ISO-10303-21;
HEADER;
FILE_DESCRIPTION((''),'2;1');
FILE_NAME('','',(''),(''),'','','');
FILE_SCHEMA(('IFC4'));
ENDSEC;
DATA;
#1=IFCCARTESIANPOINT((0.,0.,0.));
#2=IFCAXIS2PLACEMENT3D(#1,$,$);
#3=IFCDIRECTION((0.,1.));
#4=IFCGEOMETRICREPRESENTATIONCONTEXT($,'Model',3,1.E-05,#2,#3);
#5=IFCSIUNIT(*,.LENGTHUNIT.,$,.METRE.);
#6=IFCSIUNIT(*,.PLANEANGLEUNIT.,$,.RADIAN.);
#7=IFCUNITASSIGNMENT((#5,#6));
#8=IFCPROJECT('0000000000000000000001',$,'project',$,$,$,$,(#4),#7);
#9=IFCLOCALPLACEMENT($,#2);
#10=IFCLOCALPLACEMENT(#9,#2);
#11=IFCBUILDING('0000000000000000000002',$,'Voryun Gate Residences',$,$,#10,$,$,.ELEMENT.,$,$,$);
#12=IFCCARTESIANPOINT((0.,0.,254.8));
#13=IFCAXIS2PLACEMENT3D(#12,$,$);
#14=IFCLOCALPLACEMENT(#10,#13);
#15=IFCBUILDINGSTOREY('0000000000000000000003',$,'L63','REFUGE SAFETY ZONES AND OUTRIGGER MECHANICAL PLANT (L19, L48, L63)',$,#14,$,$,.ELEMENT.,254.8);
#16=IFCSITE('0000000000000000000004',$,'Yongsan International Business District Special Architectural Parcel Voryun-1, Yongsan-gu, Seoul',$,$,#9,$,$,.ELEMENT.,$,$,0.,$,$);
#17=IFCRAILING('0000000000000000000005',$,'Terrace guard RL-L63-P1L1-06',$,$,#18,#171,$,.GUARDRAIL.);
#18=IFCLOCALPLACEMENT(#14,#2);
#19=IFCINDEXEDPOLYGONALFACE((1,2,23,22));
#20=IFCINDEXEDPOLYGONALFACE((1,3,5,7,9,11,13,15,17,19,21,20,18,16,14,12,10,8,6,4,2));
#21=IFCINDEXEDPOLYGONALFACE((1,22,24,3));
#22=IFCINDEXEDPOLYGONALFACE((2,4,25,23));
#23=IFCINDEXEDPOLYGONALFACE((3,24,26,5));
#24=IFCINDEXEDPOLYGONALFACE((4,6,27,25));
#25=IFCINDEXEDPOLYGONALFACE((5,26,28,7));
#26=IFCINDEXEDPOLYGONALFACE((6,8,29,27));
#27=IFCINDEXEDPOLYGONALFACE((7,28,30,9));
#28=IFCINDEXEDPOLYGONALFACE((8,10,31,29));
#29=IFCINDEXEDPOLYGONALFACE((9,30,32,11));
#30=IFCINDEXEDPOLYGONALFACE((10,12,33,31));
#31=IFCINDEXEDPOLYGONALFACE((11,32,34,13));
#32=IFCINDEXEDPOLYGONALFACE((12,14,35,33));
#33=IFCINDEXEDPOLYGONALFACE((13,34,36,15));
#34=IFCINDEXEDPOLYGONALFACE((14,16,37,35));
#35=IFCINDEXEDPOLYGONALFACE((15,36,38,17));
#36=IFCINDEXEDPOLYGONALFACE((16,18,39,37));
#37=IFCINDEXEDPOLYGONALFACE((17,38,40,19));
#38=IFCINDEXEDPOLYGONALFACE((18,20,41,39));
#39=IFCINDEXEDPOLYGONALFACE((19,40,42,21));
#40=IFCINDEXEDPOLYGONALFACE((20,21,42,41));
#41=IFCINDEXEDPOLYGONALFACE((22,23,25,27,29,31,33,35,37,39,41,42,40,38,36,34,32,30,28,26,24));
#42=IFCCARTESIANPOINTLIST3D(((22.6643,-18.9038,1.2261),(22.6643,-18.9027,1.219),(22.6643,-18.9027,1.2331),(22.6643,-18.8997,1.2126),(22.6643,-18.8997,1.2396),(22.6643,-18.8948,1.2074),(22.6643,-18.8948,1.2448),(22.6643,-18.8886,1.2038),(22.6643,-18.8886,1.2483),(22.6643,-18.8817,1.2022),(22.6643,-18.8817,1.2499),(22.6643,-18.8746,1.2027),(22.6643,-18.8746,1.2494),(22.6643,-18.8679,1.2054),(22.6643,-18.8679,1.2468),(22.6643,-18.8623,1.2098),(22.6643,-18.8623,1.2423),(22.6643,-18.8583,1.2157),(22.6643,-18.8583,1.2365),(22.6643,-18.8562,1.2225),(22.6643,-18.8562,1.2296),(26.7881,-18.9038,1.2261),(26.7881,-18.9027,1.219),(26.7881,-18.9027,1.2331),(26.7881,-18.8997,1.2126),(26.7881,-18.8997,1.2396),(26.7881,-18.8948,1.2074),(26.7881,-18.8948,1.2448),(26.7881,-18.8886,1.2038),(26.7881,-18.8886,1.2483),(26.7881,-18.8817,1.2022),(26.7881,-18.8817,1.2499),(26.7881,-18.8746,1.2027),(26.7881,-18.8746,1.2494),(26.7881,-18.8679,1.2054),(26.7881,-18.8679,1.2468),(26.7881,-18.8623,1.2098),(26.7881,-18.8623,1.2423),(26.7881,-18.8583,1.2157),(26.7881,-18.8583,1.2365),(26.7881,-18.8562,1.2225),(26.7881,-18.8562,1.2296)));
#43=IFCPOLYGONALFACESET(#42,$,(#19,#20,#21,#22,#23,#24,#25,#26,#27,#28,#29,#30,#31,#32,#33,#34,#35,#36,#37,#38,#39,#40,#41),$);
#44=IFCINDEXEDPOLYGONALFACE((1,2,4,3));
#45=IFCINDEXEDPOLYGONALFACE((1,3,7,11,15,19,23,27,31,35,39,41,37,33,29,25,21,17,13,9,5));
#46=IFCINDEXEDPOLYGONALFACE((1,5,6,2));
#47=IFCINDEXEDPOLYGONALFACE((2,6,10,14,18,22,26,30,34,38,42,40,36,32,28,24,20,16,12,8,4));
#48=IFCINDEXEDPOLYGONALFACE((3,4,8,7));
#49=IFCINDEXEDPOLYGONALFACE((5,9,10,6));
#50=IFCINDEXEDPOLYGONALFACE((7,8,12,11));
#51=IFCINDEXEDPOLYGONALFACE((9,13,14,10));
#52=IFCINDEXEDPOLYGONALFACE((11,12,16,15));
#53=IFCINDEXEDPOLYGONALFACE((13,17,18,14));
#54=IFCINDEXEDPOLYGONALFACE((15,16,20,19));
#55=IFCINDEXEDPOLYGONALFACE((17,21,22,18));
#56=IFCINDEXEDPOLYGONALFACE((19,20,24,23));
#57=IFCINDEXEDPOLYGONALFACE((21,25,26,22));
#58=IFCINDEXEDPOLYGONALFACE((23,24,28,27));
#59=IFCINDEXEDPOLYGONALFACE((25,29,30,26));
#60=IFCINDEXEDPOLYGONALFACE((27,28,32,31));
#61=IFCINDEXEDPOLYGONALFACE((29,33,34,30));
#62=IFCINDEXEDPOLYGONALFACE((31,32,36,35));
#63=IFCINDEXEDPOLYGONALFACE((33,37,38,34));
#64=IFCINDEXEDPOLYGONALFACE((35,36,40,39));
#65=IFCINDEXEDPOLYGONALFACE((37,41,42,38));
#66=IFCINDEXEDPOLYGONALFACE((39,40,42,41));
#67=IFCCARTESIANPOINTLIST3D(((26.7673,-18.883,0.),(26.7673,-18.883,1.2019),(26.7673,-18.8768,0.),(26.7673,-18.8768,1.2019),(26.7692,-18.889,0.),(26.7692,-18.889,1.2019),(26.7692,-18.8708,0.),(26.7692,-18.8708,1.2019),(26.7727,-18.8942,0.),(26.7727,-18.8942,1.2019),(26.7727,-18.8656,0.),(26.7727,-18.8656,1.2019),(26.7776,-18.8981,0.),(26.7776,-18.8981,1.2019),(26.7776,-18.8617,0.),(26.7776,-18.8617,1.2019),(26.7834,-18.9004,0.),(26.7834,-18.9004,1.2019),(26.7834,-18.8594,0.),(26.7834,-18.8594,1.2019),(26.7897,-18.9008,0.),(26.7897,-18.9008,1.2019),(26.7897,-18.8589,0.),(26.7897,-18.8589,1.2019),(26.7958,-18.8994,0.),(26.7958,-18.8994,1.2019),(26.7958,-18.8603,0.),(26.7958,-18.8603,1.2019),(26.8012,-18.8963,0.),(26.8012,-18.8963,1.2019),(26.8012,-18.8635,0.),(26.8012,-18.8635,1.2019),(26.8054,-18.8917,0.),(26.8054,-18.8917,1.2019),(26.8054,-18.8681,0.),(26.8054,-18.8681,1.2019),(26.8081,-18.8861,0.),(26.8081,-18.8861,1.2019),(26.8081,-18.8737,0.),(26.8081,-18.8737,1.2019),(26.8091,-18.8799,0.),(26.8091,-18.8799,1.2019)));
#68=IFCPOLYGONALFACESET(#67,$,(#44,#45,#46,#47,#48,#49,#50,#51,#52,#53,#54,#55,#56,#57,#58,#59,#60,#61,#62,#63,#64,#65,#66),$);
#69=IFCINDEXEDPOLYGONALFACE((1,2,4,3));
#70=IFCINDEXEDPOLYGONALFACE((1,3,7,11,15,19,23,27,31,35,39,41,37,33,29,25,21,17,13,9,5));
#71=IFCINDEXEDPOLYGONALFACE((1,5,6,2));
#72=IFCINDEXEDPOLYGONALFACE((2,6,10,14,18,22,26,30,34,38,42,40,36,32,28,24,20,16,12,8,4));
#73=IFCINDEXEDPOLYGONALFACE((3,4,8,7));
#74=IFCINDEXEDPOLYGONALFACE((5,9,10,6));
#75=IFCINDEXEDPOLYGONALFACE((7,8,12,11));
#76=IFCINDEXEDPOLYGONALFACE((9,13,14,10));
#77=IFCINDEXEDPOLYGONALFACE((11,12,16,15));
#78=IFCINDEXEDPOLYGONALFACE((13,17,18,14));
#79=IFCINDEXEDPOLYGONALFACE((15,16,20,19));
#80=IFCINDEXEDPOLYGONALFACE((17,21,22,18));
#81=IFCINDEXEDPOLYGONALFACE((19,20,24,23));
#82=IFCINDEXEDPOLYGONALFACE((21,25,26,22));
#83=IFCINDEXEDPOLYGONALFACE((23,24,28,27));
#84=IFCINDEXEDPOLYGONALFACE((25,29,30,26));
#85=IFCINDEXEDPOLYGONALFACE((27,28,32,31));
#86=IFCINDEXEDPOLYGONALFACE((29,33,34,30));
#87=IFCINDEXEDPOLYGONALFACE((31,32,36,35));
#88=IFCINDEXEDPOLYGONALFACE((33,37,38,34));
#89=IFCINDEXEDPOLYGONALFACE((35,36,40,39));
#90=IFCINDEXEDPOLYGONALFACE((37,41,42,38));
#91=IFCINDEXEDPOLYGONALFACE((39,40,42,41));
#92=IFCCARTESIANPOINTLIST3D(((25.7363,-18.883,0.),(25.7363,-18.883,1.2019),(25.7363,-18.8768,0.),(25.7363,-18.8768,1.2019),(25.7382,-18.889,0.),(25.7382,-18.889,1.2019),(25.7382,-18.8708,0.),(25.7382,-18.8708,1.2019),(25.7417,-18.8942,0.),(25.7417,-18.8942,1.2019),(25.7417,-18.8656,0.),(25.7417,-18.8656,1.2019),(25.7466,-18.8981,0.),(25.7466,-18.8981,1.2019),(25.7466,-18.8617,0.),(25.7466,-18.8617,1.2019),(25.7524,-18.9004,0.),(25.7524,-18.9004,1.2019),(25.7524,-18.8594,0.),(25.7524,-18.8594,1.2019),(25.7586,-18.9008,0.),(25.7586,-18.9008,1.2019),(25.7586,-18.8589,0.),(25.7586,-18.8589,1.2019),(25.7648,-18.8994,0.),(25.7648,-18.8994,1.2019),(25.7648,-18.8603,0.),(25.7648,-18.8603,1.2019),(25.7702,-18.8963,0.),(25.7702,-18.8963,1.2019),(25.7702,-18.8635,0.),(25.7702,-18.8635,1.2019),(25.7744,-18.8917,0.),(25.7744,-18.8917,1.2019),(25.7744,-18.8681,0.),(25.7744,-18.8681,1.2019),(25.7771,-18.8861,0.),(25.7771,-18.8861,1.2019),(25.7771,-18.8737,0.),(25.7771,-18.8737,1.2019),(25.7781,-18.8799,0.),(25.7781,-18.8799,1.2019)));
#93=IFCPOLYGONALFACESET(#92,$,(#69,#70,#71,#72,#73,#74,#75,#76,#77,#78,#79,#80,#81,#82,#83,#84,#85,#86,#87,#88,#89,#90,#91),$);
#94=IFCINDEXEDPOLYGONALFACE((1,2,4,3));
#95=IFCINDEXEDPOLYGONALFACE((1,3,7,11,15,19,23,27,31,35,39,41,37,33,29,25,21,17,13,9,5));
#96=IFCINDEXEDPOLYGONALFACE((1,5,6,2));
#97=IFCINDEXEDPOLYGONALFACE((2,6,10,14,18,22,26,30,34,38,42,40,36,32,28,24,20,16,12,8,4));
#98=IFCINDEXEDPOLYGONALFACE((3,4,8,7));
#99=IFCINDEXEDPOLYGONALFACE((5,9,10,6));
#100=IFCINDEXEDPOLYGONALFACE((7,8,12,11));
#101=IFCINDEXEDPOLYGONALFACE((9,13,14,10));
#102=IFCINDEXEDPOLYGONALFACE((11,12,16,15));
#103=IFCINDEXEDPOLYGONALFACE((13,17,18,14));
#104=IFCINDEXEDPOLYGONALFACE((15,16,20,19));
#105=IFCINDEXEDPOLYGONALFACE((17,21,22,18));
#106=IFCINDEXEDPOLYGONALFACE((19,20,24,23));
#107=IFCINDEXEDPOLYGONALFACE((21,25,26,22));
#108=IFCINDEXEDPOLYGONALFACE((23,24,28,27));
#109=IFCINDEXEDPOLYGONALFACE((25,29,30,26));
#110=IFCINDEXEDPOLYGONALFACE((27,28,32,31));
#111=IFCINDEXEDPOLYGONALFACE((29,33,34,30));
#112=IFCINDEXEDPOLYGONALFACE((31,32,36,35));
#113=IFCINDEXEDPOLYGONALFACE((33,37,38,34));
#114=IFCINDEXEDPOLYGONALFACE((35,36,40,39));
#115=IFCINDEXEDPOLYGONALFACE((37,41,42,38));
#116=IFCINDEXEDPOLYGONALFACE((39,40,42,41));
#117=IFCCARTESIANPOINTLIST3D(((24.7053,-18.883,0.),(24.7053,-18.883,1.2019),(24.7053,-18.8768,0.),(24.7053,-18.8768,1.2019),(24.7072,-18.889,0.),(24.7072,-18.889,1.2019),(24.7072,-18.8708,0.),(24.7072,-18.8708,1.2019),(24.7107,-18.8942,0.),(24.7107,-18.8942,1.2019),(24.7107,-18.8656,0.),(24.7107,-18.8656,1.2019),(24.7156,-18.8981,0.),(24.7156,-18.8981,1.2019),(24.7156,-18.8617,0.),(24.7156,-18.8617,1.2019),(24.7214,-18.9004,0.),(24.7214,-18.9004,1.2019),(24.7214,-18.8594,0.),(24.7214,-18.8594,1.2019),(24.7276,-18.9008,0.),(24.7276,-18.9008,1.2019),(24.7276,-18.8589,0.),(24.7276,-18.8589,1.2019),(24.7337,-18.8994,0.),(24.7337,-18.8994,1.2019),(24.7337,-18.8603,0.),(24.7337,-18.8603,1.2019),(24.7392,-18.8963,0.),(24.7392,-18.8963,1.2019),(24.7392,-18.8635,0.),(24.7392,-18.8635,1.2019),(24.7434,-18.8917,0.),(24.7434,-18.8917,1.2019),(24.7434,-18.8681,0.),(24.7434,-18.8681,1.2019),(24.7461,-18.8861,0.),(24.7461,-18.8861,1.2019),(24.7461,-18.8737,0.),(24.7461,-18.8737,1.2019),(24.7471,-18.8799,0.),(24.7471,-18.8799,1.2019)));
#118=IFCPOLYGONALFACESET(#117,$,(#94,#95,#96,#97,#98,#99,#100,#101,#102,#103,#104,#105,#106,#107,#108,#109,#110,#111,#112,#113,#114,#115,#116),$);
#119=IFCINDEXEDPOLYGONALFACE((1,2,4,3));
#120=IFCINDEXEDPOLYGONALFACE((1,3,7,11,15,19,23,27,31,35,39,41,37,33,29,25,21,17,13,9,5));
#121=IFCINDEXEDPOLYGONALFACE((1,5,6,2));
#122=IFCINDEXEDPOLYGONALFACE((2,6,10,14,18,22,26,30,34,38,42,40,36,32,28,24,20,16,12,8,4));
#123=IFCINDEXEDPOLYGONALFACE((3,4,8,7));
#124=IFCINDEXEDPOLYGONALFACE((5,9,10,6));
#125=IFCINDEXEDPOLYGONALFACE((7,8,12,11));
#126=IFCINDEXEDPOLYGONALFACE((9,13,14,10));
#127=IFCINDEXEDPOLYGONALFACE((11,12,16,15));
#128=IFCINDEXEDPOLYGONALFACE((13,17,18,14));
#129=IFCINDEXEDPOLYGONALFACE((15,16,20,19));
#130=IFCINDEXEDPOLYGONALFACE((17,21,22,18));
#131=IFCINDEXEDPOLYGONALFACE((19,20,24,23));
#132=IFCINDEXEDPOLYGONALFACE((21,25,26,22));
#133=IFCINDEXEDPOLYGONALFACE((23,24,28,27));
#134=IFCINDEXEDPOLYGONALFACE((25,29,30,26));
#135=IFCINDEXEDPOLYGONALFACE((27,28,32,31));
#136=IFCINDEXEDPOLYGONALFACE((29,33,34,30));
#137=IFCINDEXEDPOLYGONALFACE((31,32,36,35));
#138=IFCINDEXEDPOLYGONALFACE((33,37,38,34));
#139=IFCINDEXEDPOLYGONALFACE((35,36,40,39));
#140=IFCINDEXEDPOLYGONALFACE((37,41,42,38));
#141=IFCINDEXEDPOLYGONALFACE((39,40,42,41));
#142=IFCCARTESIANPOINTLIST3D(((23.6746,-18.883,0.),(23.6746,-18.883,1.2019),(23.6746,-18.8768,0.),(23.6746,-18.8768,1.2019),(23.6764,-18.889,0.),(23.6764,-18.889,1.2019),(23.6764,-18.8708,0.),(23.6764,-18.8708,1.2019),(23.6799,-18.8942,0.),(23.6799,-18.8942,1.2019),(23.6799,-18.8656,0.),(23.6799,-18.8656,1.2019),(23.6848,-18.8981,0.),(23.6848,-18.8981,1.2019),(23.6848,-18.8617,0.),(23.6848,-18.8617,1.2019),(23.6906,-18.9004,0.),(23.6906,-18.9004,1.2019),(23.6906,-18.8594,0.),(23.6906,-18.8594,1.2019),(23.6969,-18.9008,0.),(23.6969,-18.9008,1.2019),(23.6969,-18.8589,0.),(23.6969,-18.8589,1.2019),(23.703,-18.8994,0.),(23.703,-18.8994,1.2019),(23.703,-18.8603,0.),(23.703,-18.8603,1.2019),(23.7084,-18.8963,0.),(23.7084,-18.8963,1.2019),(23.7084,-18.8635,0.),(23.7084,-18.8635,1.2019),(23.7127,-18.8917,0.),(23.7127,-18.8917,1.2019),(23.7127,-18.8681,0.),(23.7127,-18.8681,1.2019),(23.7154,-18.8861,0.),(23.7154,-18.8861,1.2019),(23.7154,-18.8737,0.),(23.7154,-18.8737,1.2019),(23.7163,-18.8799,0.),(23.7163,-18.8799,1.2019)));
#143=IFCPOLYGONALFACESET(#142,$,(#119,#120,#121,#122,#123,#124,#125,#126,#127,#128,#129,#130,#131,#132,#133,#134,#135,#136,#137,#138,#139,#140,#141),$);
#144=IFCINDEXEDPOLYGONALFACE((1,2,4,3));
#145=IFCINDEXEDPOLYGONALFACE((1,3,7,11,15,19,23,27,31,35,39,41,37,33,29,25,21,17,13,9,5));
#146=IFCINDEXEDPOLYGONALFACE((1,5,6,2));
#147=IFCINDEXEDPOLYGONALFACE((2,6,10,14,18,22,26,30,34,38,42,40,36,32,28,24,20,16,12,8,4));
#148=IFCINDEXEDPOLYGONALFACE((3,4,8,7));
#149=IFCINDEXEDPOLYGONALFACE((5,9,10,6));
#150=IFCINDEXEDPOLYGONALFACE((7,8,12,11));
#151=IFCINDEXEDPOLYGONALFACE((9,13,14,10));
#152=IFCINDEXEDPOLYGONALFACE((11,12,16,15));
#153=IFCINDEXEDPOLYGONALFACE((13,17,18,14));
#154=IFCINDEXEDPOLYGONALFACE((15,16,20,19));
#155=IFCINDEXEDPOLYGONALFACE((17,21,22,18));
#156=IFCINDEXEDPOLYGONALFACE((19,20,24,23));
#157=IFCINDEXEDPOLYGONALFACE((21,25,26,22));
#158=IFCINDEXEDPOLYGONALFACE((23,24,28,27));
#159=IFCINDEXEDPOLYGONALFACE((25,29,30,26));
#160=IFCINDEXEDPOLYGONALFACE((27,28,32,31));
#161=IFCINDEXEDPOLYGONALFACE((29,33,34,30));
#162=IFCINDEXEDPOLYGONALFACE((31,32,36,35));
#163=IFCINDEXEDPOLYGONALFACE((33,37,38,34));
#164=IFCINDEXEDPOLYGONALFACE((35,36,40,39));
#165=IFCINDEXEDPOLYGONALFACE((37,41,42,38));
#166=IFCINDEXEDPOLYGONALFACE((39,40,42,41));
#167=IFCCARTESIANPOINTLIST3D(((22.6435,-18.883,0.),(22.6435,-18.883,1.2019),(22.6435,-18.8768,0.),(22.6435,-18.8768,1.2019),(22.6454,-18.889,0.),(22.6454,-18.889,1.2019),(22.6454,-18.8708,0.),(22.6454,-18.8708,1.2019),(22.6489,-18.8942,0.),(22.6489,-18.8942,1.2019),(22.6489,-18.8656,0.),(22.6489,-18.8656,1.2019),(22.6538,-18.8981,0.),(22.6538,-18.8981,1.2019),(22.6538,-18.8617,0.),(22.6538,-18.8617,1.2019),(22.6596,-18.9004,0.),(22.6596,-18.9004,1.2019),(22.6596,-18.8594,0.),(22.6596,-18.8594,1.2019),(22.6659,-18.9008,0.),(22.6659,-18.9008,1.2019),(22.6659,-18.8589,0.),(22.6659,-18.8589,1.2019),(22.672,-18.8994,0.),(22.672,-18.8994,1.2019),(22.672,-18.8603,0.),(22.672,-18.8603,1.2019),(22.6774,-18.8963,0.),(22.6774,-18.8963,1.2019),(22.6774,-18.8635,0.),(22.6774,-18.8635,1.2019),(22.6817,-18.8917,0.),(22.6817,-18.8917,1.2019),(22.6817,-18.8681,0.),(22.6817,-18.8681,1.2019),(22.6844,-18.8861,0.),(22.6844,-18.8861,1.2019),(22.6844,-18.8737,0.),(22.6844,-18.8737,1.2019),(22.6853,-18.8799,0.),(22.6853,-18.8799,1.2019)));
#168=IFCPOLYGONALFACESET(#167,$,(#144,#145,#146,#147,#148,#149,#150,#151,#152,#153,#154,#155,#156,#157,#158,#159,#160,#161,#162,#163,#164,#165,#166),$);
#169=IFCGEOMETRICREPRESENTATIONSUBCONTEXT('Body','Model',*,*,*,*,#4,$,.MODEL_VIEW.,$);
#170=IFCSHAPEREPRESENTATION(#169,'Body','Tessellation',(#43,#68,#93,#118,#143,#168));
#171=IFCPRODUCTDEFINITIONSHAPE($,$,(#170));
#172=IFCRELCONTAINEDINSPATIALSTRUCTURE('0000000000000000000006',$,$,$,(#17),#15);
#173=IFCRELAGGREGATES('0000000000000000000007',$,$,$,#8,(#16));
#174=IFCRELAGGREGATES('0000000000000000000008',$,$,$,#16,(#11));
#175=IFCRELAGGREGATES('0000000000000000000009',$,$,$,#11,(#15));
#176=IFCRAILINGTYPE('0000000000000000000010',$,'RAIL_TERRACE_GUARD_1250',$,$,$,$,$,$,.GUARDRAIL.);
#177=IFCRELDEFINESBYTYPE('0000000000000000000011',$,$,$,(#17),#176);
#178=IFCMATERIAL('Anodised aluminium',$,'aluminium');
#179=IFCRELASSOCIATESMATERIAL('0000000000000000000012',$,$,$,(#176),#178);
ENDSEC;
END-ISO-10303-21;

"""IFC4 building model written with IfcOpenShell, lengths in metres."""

from ifc_helpers import new_model, si_unit, direction, frame, origin, origin_2d, place, context, subcontext, project, spatial, circle, extrude, material, type_object, element, save


model = new_model("IFC4")

# Units and contexts
model_context = context("Model", 3, precision=1e-05, world=origin(), true_north=direction((0.0, 1.0)))
body_context = subcontext(model_context, "Body", "Model", "MODEL_VIEW")
ifc_project = project(units=[si_unit("LENGTHUNIT", "METRE"), si_unit("PLANEANGLEUNIT", "RADIAN")], contexts=[model_context])

# Site, building, storey
site_placement = place(None, origin())
site = spatial("IfcSite", under=ifc_project, at=site_placement, Name="Yongsan International Business District Special Architectural Parcel Voryun-1, Yongsan-gu, Seoul", CompositionType="ELEMENT", RefElevation=0.0)
building_placement = place(site_placement, origin())
building = spatial("IfcBuilding", under=site, at=building_placement, Name="Voryun Gate Residences", CompositionType="ELEMENT")
storey_placement = place(building_placement, frame((0.0, 0.0, 254.8)))
storey = spatial("IfcBuildingStorey", under=building, at=storey_placement, Name="L63", Description="REFUGE SAFETY ZONES AND OUTRIGGER MECHANICAL PLANT (L19, L48, L63)", CompositionType="ELEMENT", Elevation=254.8)

# Railing
ifc_material_1 = material(Name="Anodised aluminium", Category="aluminium")
railing_type = type_object("IfcRailingType", Name="RAIL_TERRACE_GUARD_1250", PredefinedType="GUARDRAIL", material=ifc_material_1)
railing_1_placement = place(storey_placement, frame((26.7881, -18.8799, 0.0)))
element("IfcRailing", 1, at=railing_1_placement, inside=storey, type_object=railing_type, Name="Terrace guard RL-L63-P1L1-06", PredefinedType="GUARDRAIL", context=body_context, shape_type="SweptSolid", body=[
    extrude(circle(Radius=0.0239, at=origin_2d()), frame((0.0, 0.0, 1.2261), z_axis=(-1.0, 0.0, 0.0), x_axis=(0.0, -1.0, 0.0)), (0.0, 0.0, 1.0), 4.1238),
    extrude(circle(Radius=0.021, at=origin_2d()), origin(), (0.0, 0.0, 1.0), 1.2019),
    extrude(circle(Radius=0.021, at=origin_2d()), frame((-1.031, 0.0, 0.0)), (0.0, 0.0, 1.0), 1.2019),
    extrude(circle(Radius=0.021, at=origin_2d()), frame((-2.062, 0.0, 0.0)), (0.0, 0.0, 1.0), 1.2019),
    extrude(circle(Radius=0.021, at=origin_2d()), frame((-3.0928, 0.0, 0.0)), (0.0, 0.0, 1.0), 1.2019),
    extrude(circle(Radius=0.021, at=origin_2d()), frame((-4.1238, 0.0, 0.0)), (0.0, 0.0, 1.0), 1.2019),
])

save(model, "model.ifc")
